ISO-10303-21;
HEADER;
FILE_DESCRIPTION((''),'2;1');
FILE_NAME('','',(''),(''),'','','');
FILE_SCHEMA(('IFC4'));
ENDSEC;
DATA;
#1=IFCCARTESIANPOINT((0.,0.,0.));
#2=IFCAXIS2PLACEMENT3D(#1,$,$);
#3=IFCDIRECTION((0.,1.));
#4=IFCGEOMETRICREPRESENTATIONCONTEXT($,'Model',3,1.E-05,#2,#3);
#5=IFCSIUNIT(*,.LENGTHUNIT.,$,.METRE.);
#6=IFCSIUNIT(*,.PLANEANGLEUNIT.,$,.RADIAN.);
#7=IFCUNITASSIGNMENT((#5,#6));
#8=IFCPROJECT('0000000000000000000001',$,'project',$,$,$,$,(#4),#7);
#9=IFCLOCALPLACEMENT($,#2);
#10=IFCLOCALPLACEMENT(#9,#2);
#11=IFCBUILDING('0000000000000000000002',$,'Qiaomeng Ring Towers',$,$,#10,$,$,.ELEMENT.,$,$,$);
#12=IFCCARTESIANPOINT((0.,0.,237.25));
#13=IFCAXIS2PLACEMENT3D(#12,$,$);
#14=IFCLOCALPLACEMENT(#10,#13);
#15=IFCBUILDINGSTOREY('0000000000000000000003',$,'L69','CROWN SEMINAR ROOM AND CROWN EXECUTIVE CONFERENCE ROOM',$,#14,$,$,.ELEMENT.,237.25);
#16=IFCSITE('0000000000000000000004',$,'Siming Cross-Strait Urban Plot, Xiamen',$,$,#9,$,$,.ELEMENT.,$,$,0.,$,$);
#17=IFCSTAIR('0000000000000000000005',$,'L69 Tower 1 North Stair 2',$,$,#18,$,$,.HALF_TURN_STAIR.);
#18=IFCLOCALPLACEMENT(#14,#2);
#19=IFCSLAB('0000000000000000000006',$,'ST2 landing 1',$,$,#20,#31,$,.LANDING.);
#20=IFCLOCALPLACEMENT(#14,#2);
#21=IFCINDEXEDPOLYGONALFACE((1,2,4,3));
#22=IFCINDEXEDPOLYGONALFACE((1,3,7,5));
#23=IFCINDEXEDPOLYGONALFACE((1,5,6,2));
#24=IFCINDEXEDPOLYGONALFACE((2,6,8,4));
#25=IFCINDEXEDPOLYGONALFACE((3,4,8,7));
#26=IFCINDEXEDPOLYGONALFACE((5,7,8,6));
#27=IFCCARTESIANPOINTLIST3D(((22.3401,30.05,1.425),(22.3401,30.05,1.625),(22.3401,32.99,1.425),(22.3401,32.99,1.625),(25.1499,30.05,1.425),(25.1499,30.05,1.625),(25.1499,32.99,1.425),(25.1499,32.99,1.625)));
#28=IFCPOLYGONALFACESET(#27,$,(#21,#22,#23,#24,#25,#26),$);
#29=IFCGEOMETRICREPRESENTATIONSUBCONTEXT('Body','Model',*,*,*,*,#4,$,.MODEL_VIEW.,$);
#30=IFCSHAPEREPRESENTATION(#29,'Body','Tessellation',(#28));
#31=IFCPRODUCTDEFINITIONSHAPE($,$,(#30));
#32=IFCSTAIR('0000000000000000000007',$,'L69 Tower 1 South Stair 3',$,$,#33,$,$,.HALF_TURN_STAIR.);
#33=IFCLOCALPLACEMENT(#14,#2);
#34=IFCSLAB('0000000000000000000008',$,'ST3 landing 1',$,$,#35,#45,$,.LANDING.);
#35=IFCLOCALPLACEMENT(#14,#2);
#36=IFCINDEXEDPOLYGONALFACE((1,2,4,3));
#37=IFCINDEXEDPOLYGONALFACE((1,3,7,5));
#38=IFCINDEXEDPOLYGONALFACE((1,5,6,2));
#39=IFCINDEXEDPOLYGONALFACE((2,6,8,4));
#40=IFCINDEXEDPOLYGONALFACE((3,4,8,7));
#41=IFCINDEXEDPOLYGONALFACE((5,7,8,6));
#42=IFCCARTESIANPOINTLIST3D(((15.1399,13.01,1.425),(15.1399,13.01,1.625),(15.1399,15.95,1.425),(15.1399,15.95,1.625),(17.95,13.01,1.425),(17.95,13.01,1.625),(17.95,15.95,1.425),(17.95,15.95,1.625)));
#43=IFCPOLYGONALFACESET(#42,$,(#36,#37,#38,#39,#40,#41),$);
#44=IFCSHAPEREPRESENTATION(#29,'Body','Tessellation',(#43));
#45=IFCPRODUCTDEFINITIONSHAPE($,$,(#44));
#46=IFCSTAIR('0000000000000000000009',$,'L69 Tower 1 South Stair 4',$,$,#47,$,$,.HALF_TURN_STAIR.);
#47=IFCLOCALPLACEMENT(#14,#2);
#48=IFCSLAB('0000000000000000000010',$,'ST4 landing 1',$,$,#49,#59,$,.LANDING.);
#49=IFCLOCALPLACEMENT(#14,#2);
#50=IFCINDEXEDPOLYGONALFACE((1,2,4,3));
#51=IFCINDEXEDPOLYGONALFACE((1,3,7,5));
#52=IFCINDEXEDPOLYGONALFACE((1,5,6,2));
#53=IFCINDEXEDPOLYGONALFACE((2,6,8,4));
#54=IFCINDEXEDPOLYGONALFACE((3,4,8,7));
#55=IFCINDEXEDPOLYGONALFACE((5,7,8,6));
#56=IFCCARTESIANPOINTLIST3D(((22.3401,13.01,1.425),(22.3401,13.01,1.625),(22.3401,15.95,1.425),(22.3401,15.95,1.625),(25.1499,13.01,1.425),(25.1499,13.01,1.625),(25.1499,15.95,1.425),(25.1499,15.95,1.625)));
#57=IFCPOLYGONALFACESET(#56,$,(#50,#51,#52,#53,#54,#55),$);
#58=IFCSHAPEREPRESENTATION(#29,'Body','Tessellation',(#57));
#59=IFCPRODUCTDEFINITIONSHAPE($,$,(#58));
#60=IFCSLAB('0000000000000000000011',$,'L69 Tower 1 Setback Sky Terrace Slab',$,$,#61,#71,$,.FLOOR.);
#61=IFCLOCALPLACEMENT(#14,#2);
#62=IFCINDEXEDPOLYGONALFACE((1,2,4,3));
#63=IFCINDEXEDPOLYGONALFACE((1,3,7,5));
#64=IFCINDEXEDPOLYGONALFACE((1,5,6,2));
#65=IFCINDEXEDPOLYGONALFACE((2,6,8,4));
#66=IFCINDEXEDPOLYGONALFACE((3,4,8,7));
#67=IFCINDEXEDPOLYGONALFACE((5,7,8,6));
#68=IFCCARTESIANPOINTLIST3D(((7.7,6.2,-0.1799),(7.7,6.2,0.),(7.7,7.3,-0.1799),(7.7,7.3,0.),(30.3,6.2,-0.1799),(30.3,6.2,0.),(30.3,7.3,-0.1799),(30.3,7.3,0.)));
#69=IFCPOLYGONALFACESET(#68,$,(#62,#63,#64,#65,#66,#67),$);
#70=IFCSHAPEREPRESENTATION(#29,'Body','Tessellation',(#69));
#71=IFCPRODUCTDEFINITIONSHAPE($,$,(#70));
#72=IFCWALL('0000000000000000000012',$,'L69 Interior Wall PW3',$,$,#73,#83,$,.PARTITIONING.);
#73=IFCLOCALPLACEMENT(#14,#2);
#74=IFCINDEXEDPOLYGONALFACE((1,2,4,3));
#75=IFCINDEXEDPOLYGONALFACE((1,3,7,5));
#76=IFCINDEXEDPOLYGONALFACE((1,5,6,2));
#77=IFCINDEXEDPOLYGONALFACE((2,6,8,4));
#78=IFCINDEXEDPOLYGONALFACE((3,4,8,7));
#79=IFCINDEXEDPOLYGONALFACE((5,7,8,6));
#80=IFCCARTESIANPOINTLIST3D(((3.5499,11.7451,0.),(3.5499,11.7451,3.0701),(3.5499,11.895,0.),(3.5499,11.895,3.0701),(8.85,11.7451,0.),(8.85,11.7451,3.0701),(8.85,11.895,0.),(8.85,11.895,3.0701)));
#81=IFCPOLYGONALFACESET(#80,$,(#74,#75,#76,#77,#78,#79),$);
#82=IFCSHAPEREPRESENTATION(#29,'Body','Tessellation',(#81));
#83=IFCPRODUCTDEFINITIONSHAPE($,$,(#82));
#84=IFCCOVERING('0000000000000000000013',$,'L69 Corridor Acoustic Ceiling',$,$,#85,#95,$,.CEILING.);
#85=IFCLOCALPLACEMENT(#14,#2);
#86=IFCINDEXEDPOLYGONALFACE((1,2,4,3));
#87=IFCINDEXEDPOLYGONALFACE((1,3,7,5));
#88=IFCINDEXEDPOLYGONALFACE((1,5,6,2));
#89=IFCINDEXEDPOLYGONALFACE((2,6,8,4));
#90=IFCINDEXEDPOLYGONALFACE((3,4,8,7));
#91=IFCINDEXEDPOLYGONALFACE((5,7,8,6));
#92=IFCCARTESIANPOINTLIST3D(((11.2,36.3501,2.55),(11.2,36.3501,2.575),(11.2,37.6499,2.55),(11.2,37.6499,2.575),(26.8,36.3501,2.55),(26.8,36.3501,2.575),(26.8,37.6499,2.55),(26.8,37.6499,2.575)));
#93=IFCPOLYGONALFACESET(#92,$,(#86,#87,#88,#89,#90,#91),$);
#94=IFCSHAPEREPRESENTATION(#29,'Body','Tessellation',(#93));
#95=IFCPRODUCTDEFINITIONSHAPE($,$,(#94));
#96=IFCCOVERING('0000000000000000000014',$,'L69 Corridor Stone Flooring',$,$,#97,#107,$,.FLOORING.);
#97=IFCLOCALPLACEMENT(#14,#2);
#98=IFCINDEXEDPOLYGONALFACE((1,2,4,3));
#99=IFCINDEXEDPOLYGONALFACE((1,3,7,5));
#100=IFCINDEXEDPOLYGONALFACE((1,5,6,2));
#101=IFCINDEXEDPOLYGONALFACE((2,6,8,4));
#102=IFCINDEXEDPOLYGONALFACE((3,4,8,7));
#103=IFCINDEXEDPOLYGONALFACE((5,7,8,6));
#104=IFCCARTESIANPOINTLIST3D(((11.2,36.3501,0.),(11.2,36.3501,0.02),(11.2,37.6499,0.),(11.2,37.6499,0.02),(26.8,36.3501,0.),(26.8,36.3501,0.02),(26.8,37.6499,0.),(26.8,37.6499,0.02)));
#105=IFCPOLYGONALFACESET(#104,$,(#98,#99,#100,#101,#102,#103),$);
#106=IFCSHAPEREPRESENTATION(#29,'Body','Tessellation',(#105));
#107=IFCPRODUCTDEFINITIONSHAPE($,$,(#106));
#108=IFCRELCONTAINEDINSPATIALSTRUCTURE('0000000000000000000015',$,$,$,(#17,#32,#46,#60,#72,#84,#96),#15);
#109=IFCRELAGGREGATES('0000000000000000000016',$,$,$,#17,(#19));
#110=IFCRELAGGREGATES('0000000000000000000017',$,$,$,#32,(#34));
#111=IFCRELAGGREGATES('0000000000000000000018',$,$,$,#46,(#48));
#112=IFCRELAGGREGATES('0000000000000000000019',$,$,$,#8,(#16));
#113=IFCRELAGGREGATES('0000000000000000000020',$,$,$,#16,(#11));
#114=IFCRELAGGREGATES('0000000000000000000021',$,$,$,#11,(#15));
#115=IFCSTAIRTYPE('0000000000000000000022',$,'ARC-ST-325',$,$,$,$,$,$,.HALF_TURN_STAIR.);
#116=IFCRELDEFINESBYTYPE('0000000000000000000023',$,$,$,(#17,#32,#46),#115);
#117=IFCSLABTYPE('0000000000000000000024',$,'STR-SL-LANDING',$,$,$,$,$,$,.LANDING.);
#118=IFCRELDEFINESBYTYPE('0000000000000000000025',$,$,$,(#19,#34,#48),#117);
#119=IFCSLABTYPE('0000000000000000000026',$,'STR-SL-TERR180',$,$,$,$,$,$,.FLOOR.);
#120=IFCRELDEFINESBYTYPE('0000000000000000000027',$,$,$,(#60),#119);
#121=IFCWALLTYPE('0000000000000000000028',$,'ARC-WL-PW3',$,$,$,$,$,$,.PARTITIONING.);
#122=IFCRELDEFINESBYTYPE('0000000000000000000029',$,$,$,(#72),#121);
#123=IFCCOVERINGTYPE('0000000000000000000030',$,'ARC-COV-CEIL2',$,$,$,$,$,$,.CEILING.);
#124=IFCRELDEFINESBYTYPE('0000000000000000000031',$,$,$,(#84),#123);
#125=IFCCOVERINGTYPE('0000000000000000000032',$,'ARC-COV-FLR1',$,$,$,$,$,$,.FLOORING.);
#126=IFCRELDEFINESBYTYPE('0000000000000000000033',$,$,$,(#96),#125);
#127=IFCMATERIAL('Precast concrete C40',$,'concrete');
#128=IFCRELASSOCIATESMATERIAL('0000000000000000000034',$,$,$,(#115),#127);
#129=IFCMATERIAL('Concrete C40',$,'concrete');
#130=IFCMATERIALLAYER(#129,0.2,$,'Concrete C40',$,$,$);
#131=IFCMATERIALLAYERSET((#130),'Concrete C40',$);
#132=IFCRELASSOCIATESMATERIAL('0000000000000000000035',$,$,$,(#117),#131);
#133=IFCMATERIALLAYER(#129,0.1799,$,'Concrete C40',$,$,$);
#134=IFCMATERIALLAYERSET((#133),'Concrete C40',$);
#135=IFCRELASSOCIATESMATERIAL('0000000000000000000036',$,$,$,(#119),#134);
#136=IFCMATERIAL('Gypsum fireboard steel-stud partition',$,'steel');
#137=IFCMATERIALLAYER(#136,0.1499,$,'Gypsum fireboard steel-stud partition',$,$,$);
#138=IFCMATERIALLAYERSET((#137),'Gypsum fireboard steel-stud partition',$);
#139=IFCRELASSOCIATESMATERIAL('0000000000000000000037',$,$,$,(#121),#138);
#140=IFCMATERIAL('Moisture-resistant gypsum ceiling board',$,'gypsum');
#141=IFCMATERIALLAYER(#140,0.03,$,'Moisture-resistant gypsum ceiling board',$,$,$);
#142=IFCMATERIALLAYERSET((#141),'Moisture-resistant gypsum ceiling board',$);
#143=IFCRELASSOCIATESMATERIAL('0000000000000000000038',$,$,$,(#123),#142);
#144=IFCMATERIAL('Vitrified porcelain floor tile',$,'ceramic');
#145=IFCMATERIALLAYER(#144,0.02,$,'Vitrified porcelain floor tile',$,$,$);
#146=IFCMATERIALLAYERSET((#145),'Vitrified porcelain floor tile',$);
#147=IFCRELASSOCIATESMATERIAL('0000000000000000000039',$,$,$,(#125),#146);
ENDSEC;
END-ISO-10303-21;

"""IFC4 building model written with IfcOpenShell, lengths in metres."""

from ifc_helpers import new_model, si_unit, direction, frame, frame_2d, origin, place, context, subcontext, project, spatial, polyline, rectangle, outline, extrude, material, layer, layer_set, type_object, element, aggregate, save


model = new_model("IFC4")

# Units and contexts
model_context = context("Model", 3, precision=1e-05, world=origin(), true_north=direction((0.0, 1.0)))
body_context = subcontext(model_context, "Body", "Model", "MODEL_VIEW")
ifc_project = project(units=[si_unit("LENGTHUNIT", "METRE"), si_unit("PLANEANGLEUNIT", "RADIAN")], contexts=[model_context])

# Site, building, storey
site_placement = place(None, origin())
site = spatial("IfcSite", under=ifc_project, at=site_placement, Name="Siming Cross-Strait Urban Plot, Xiamen", CompositionType="ELEMENT", RefElevation=0.0)
building_placement = place(site_placement, origin())
building = spatial("IfcBuilding", under=site, at=building_placement, Name="Qiaomeng Ring Towers", CompositionType="ELEMENT")
storey_placement = place(building_placement, frame((0.0, 0.0, 237.25)))
storey = spatial("IfcBuildingStorey", under=building, at=storey_placement, Name="L69", Description="CROWN SEMINAR ROOM AND CROWN EXECUTIVE CONFERENCE ROOM", CompositionType="ELEMENT", Elevation=237.25)

# Shared definitions
ifc_material_1 = material(Name="Concrete C40", Category="concrete")

# Stairs, slabs
ifc_material_2 = material(Name="Precast concrete C40", Category="concrete")
stair_type = type_object("IfcStairType", Name="ARC-ST-325", PredefinedType="HALF_TURN_STAIR", material=ifc_material_2)
ifc_layer_1 = layer(ifc_material_1, 0.2, Name="Concrete C40")
ifc_layer_set_1 = layer_set([ifc_layer_1], Name="Concrete C40")
slab_type_1 = type_object("IfcSlabType", Name="STR-SL-LANDING", PredefinedType="LANDING", material=ifc_layer_set_1)
stair_1_placement = place(storey_placement, origin())
stair_1 = element("IfcStair", 1, at=stair_1_placement, inside=storey, type_object=stair_type, Name="L69 Tower 1 North Stair 2", PredefinedType="HALF_TURN_STAIR")
slab_1_placement = place(storey_placement, frame((0.0, 0.0, 1.425)))
slab_1 = element("IfcSlab", 2, at=slab_1_placement, type_object=slab_type_1, Name="ST2 landing 1", PredefinedType="LANDING", context=body_context, shape_type="SweptSolid", body=[
    extrude(outline(polyline([(22.3401, 30.05), (25.1499, 30.05), (25.1499, 32.99), (22.3401, 32.99), (22.3401, 30.05)])), origin(), (0.0, 0.0, 1.0), 0.2),
])
aggregate(stair_1, [slab_1])
stair_2_placement = place(storey_placement, origin())
stair_2 = element("IfcStair", 3, at=stair_2_placement, inside=storey, type_object=stair_type, Name="L69 Tower 1 South Stair 3", PredefinedType="HALF_TURN_STAIR")
slab_2_placement = place(storey_placement, frame((0.0, 0.0, 1.425)))
slab_2 = element("IfcSlab", 4, at=slab_2_placement, type_object=slab_type_1, Name="ST3 landing 1", PredefinedType="LANDING", context=body_context, shape_type="SweptSolid", body=[
    extrude(outline(polyline([(15.1399, 13.01), (17.95, 13.01), (17.95, 15.95), (15.1399, 15.95), (15.1399, 13.01)])), origin(), (0.0, 0.0, 1.0), 0.2),
])
aggregate(stair_2, [slab_2])
stair_3_placement = place(storey_placement, origin())
stair_3 = element("IfcStair", 5, at=stair_3_placement, inside=storey, type_object=stair_type, Name="L69 Tower 1 South Stair 4", PredefinedType="HALF_TURN_STAIR")
slab_3_placement = place(storey_placement, frame((0.0, 0.0, 1.425)))
slab_3 = element("IfcSlab", 6, at=slab_3_placement, type_object=slab_type_1, Name="ST4 landing 1", PredefinedType="LANDING", context=body_context, shape_type="SweptSolid", body=[
    extrude(outline(polyline([(22.3401, 13.01), (25.1499, 13.01), (25.1499, 15.95), (22.3401, 15.95), (22.3401, 13.01)])), origin(), (0.0, 0.0, 1.0), 0.2),
])
aggregate(stair_3, [slab_3])

# Slab
ifc_layer_2 = layer(ifc_material_1, 0.1799, Name="Concrete C40")
ifc_layer_set_2 = layer_set([ifc_layer_2], Name="Concrete C40")
slab_type_2 = type_object("IfcSlabType", Name="STR-SL-TERR180", PredefinedType="FLOOR", material=ifc_layer_set_2)
slab_4_placement = place(storey_placement, frame((0.0, 0.0, -0.1799)))
element("IfcSlab", 7, at=slab_4_placement, inside=storey, type_object=slab_type_2, Name="L69 Tower 1 Setback Sky Terrace Slab", PredefinedType="FLOOR", context=body_context, shape_type="SweptSolid", body=[
    extrude(outline(polyline([(30.3, 7.3), (30.3, 6.2), (7.7, 6.2), (7.7, 7.3), (30.3, 7.3), (30.3, 7.3), (30.3, 7.3)])), origin(), (0.0, 0.0, 1.0), 0.1799),
])

# Wall
ifc_material_3 = material(Name="Gypsum fireboard steel-stud partition", Category="steel")
ifc_layer_3 = layer(ifc_material_3, 0.1499, Name="Gypsum fireboard steel-stud partition")
ifc_layer_set_3 = layer_set([ifc_layer_3], Name="Gypsum fireboard steel-stud partition")
wall_type = type_object("IfcWallType", Name="ARC-WL-PW3", PredefinedType="PARTITIONING", material=ifc_layer_set_3)
wall_placement = place(storey_placement, frame((3.55, 11.8201, 0.0), z_axis=(0.0, 0.0, 1.0), x_axis=(1.0, 0.0, 0.0)))
element("IfcWall", 8, at=wall_placement, inside=storey, type_object=wall_type, Name="L69 Interior Wall PW3", PredefinedType="PARTITIONING", context=body_context, shape_type="SweptSolid", body=[
    extrude(rectangle(XDim=5.3, YDim=0.1499, at=frame_2d((2.6499, 0.0))), origin(), (0.0, 0.0, 1.0), 3.0701),
])

# Coverings
ifc_material_4 = material(Name="Moisture-resistant gypsum ceiling board", Category="gypsum")
ifc_layer_4 = layer(ifc_material_4, 0.03, Name="Moisture-resistant gypsum ceiling board")
ifc_layer_set_4 = layer_set([ifc_layer_4], Name="Moisture-resistant gypsum ceiling board")
covering_type_1 = type_object("IfcCoveringType", Name="ARC-COV-CEIL2", PredefinedType="CEILING", material=ifc_layer_set_4)
covering_1_placement = place(storey_placement, frame((0.0, 0.0, 2.55)))
element("IfcCovering", 9, at=covering_1_placement, inside=storey, type_object=covering_type_1, Name="L69 Corridor Acoustic Ceiling", PredefinedType="CEILING", context=body_context, shape_type="SweptSolid", body=[
    extrude(outline(polyline([(11.2, 36.3501), (11.2, 37.6499), (26.8, 37.6499), (26.8, 36.3501), (11.2, 36.3501)])), origin(), (0.0, 0.0, 1.0), 0.0249),
])
ifc_material_5 = material(Name="Vitrified porcelain floor tile", Category="ceramic")
ifc_layer_5 = layer(ifc_material_5, 0.02, Name="Vitrified porcelain floor tile")
ifc_layer_set_5 = layer_set([ifc_layer_5], Name="Vitrified porcelain floor tile")
covering_type_2 = type_object("IfcCoveringType", Name="ARC-COV-FLR1", PredefinedType="FLOORING", material=ifc_layer_set_5)
covering_2_placement = place(storey_placement, origin())
element("IfcCovering", 10, at=covering_2_placement, inside=storey, type_object=covering_type_2, Name="L69 Corridor Stone Flooring", PredefinedType="FLOORING", context=body_context, shape_type="SweptSolid", body=[
    extrude(outline(polyline([(11.2, 36.3501), (11.2, 37.6499), (26.8, 37.6499), (26.8, 36.3501), (11.2, 36.3501)])), origin(), (0.0, 0.0, 1.0), 0.02),
])

save(model, "model.ifc")
